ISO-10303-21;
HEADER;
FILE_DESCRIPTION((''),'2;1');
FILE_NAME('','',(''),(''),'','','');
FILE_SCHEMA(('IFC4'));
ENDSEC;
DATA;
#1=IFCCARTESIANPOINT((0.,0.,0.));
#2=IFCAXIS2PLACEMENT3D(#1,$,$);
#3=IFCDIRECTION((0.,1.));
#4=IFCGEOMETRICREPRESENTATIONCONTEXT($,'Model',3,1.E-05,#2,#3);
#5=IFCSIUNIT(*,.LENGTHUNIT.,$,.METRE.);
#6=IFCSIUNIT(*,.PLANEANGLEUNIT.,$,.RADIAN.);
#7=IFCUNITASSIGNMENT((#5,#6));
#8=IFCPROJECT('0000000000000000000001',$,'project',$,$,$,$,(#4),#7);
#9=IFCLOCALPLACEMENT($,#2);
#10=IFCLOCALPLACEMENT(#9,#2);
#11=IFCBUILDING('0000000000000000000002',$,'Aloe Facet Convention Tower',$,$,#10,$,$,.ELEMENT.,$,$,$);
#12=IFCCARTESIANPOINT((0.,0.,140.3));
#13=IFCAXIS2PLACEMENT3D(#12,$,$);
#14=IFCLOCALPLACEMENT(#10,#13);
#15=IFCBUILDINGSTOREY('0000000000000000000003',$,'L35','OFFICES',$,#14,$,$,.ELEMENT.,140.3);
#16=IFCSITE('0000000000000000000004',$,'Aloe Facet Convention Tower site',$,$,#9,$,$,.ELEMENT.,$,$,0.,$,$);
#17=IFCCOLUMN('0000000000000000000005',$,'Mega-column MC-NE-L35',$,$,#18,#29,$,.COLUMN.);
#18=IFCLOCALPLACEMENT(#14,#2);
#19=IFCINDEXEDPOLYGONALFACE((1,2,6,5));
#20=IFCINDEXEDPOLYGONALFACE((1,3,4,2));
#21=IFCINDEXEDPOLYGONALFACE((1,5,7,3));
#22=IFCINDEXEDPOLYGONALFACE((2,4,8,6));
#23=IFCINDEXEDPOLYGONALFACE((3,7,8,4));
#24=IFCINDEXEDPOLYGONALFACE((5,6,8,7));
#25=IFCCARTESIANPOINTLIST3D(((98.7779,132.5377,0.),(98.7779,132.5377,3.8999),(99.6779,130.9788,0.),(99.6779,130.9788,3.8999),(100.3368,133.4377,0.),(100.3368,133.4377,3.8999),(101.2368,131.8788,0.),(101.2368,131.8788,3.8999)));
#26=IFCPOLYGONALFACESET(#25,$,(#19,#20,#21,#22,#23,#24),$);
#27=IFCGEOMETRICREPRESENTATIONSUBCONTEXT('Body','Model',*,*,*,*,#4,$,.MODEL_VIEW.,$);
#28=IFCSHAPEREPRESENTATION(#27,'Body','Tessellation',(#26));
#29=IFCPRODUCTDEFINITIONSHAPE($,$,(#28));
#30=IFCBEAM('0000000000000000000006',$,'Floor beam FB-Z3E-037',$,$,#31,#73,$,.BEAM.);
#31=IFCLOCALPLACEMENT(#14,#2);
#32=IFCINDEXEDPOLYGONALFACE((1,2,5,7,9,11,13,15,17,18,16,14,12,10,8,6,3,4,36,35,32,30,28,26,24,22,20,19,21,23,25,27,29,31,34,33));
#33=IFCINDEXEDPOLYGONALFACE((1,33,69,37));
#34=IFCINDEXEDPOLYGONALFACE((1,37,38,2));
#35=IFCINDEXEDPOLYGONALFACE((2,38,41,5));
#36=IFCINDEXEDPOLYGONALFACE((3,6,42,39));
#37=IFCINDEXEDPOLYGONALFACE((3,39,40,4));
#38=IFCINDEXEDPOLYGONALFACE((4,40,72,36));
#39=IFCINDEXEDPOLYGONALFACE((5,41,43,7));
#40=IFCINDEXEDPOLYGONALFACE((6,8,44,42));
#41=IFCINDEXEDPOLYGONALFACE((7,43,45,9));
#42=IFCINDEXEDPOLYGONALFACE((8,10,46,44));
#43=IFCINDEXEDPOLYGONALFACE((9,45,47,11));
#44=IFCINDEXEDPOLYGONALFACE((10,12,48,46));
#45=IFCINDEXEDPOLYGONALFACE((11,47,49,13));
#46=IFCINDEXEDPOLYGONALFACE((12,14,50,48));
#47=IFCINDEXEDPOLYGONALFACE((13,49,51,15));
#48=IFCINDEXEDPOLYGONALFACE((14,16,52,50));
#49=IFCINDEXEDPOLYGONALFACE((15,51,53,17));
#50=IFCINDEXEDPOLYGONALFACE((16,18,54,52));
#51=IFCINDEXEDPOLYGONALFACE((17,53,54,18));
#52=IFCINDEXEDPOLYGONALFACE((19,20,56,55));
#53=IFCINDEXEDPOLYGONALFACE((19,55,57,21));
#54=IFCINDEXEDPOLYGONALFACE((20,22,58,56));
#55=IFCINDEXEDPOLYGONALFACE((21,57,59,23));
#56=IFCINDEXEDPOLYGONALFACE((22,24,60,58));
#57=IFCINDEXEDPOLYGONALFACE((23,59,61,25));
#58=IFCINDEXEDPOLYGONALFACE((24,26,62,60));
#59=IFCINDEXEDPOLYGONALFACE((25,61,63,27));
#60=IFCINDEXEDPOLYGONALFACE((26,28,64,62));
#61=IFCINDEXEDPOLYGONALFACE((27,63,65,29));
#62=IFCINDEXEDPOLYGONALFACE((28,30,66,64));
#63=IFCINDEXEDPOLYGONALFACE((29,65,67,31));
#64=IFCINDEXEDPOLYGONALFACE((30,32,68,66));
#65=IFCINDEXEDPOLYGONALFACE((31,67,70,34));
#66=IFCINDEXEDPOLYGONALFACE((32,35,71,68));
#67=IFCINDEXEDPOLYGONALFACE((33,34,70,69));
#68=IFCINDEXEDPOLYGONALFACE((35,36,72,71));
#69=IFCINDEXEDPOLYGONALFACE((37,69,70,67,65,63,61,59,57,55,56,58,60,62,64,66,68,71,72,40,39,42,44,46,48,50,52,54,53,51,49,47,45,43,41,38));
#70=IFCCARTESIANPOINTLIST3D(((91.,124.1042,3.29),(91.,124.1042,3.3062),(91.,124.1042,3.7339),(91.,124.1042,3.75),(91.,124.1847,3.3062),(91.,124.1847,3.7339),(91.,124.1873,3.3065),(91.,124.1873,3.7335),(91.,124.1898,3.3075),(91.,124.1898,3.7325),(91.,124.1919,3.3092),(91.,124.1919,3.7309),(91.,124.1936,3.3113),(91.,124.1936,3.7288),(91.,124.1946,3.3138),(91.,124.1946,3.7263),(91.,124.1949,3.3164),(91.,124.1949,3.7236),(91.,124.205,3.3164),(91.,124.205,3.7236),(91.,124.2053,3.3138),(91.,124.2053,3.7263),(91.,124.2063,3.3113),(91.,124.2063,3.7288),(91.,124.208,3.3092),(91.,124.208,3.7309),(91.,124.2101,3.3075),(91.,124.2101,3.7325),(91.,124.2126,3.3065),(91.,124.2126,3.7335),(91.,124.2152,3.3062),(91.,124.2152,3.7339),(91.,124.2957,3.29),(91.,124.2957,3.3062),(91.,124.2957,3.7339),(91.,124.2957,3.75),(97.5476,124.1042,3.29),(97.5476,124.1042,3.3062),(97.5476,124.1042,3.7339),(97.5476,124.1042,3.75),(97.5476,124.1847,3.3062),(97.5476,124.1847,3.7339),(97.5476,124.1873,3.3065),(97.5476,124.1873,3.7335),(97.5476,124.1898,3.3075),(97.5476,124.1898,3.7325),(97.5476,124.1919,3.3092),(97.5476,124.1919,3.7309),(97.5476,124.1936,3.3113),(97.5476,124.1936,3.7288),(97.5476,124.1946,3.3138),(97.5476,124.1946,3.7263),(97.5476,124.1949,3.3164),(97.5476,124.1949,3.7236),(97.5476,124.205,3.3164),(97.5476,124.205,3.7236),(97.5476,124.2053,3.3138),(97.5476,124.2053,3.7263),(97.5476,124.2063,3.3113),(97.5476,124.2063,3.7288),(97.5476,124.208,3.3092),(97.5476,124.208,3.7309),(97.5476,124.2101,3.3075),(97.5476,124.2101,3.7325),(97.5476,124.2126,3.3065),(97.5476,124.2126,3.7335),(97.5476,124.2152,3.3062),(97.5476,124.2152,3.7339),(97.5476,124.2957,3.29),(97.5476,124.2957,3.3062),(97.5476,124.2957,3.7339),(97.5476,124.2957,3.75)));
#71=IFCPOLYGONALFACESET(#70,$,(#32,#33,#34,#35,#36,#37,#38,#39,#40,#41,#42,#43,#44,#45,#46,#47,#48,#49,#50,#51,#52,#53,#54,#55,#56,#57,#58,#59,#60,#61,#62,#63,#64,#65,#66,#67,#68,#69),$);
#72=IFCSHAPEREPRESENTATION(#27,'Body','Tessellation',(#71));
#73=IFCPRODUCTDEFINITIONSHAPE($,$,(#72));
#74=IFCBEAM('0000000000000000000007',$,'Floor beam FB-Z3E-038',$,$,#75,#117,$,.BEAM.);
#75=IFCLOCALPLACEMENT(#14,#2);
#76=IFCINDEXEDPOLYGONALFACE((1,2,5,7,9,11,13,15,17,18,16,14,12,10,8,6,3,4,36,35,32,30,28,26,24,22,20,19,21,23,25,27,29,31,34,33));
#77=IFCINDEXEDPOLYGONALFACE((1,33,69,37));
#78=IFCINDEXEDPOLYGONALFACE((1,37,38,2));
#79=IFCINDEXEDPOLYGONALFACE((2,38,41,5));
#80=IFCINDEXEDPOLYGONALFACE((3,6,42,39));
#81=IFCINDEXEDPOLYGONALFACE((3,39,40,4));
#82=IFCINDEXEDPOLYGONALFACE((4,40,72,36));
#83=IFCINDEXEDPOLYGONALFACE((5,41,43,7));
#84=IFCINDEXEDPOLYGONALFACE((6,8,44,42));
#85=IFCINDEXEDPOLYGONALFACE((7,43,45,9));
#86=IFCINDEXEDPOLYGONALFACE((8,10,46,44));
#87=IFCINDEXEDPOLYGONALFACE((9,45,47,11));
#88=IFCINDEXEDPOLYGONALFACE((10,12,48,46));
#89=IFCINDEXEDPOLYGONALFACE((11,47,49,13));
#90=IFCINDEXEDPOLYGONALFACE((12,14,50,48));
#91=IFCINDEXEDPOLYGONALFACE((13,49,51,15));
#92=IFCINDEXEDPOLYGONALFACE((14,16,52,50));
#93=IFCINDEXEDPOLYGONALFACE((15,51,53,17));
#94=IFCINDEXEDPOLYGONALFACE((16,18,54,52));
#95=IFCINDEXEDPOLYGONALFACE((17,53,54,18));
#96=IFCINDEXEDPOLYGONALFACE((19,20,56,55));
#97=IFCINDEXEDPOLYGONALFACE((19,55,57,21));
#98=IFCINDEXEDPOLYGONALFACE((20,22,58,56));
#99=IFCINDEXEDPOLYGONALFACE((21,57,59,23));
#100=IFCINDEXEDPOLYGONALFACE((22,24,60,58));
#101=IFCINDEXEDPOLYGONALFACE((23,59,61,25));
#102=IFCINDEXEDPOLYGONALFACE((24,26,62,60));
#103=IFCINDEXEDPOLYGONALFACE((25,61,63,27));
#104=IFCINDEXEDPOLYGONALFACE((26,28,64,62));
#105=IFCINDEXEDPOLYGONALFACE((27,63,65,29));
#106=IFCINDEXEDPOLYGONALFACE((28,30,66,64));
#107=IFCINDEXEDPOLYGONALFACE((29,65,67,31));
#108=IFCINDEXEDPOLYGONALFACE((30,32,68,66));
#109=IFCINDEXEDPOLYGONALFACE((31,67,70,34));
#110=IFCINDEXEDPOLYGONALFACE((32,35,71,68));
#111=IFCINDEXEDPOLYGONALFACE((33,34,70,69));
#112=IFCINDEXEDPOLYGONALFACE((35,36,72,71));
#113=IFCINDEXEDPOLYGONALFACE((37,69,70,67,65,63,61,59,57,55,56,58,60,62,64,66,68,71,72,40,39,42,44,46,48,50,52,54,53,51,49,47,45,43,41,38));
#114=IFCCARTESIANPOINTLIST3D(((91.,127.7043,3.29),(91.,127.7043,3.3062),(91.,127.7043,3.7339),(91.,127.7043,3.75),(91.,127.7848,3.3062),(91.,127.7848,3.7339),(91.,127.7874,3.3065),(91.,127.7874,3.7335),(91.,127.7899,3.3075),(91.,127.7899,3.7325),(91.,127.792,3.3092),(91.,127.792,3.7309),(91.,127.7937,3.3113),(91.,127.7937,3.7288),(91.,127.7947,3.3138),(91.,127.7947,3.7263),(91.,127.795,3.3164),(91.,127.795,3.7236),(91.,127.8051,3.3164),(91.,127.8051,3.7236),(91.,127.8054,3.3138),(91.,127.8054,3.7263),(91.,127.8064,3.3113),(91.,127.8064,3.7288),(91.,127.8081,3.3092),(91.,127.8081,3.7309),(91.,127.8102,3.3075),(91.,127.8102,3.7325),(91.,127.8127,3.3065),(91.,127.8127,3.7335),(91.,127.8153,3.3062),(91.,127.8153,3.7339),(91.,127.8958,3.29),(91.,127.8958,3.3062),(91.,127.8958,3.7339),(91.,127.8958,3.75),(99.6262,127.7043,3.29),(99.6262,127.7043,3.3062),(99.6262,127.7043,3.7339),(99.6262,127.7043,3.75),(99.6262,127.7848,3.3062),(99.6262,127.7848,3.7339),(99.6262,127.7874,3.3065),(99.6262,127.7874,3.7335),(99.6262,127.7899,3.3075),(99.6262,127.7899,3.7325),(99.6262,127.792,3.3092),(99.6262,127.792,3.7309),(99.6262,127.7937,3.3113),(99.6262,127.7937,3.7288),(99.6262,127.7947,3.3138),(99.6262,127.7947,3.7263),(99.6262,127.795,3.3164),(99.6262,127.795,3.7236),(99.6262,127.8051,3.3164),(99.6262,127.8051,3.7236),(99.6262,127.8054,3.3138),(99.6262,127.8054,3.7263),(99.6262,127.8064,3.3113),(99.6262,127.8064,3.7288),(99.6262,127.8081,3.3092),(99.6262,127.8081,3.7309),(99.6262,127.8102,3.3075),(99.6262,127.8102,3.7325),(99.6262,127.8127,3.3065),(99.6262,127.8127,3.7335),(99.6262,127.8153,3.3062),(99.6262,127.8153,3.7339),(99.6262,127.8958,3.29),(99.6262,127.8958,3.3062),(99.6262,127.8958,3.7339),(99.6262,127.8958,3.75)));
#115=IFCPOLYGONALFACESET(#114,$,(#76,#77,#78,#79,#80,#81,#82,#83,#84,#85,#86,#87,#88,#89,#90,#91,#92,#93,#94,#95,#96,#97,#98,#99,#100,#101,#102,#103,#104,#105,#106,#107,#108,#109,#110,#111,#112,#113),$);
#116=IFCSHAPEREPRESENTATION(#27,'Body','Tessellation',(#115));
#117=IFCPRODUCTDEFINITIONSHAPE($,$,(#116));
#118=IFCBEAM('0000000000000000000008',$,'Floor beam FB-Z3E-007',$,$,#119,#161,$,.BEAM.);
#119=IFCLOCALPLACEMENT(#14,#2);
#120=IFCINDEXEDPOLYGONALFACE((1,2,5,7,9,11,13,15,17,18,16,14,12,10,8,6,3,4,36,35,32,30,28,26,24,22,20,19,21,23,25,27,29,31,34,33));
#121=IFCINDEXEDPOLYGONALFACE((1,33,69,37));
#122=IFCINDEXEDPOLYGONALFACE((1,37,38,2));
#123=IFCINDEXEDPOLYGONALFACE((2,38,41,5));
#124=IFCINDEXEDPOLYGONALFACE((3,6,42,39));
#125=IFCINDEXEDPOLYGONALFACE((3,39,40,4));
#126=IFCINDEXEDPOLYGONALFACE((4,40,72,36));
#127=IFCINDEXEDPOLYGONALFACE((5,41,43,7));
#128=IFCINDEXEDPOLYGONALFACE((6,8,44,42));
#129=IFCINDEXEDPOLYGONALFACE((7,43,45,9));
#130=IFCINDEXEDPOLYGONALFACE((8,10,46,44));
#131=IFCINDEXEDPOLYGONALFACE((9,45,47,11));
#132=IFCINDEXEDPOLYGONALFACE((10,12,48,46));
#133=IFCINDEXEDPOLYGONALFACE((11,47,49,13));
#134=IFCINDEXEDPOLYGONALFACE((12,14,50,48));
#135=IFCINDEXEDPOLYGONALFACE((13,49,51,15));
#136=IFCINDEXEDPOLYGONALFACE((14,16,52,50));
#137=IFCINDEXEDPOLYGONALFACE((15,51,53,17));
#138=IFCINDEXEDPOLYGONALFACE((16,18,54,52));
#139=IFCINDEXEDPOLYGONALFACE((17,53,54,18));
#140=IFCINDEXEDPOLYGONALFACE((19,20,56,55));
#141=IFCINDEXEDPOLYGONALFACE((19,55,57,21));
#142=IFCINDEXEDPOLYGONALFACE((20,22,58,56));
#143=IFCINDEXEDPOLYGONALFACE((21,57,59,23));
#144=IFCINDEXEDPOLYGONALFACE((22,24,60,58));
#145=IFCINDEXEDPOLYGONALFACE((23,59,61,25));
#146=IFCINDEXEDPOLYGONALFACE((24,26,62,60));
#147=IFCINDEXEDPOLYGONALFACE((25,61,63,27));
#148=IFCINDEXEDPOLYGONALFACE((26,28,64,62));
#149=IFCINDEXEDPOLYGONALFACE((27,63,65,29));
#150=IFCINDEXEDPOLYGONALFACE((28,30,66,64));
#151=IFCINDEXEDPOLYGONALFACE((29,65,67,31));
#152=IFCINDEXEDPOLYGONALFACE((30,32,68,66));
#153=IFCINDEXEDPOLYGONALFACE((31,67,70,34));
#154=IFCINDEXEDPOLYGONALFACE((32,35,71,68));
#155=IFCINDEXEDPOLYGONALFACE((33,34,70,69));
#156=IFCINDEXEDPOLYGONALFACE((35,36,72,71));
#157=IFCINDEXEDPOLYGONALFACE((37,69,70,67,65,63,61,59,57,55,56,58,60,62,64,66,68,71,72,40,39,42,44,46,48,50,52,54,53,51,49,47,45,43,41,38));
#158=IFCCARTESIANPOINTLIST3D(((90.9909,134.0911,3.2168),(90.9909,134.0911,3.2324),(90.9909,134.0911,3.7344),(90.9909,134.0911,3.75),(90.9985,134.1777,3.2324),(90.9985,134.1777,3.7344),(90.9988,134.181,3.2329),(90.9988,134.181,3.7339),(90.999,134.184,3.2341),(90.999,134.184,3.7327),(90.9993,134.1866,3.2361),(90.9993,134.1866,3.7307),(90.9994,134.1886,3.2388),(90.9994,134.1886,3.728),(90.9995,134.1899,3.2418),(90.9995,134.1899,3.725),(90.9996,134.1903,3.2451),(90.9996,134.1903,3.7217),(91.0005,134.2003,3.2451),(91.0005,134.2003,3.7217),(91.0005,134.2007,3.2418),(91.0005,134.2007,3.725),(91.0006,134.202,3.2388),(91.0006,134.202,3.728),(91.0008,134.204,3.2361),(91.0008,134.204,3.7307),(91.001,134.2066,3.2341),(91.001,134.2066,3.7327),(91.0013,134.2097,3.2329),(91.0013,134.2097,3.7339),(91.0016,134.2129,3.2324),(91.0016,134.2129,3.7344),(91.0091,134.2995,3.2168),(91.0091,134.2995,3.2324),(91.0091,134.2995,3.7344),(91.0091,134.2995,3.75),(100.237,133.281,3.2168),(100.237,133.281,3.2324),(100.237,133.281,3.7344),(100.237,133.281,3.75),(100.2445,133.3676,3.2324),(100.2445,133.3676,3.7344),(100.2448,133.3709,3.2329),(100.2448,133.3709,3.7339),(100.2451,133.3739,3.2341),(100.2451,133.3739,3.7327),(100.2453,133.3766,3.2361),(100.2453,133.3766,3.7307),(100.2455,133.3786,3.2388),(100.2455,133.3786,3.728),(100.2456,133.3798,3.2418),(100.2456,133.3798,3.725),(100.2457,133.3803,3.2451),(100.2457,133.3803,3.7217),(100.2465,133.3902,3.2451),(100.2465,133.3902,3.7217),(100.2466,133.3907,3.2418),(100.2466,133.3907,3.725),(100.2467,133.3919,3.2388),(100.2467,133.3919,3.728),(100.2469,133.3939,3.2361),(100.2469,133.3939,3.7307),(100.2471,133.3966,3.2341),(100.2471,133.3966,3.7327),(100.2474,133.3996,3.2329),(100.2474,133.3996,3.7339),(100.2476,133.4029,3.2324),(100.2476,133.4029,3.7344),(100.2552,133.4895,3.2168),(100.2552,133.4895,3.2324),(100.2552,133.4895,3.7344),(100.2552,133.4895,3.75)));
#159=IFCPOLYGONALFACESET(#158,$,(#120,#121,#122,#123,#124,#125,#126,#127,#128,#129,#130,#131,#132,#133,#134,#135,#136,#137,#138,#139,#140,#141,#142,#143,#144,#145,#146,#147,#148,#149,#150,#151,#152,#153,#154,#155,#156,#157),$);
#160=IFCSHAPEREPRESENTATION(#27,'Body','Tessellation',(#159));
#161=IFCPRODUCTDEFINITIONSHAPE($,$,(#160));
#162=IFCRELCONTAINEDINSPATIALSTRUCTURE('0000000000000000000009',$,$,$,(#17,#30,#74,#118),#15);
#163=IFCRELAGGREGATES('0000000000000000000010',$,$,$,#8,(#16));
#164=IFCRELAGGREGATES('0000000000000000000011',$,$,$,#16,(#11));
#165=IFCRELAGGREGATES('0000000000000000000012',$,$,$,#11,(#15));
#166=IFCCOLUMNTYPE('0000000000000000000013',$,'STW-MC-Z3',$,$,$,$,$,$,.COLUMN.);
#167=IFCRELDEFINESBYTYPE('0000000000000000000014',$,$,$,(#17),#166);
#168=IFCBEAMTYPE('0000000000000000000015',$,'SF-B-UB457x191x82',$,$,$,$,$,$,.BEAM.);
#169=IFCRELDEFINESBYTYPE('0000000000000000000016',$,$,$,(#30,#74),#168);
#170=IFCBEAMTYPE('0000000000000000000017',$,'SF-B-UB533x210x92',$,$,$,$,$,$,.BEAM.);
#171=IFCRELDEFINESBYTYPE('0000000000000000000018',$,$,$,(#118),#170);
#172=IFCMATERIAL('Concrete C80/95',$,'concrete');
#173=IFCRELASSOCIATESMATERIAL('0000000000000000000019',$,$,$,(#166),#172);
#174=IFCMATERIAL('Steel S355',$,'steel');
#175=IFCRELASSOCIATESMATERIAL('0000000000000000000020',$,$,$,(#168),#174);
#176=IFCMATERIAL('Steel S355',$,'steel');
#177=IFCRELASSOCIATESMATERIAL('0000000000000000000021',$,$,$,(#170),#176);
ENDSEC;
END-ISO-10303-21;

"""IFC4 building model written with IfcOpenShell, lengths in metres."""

from ifc_helpers import new_model, si_unit, direction, frame, origin, origin_2d, place, context, subcontext, project, spatial, rectangle, i_section, extrude, material, material_profile, profile_set, type_object, element, save


model = new_model("IFC4")

# Units and contexts
model_context = context("Model", 3, precision=1e-05, world=origin(), true_north=direction((0.0, 1.0)))
body_context = subcontext(model_context, "Body", "Model", "MODEL_VIEW")
ifc_project = project(units=[si_unit("LENGTHUNIT", "METRE"), si_unit("PLANEANGLEUNIT", "RADIAN")], contexts=[model_context])

# Site, building, storey
site_placement = place(None, origin())
site = spatial("IfcSite", under=ifc_project, at=site_placement, Name="Aloe Facet Convention Tower site", CompositionType="ELEMENT", RefElevation=0.0)
building_placement = place(site_placement, origin())
building = spatial("IfcBuilding", under=site, at=building_placement, Name="Aloe Facet Convention Tower", CompositionType="ELEMENT")
storey_placement = place(building_placement, frame((0.0, 0.0, 140.3)))
storey = spatial("IfcBuildingStorey", under=building, at=storey_placement, Name="L35", Description="OFFICES", CompositionType="ELEMENT", Elevation=140.3)

# Column
ifc_material_1 = material(Name="Concrete C80/95", Category="concrete")
ifc_material_profile_1 = material_profile(ifc_material_1, rectangle(XDim=1.8, YDim=1.8, at=origin_2d()), Name="STW-MC-Z3")
ifc_profile_set_1 = profile_set([ifc_material_profile_1], Name="Concrete C80/95")
column_type = type_object("IfcColumnType", Name="STW-MC-Z3", PredefinedType="COLUMN", material=ifc_profile_set_1)
column_placement = place(storey_placement, frame((100.0073, 132.2083, 0.0), z_axis=(0.0, 0.0, 1.0), x_axis=(-0.5, 0.866025, 0.0)))
element("IfcColumn", 1, at=column_placement, inside=storey, type_object=column_type, Name="Mega-column MC-NE-L35", PredefinedType="COLUMN", context=body_context, shape_type="SweptSolid", body=[
    extrude(rectangle(XDim=1.8, YDim=1.8, at=origin_2d()), origin(), (0.0, 0.0, 1.0), 3.8999),
])

# Beams
ifc_material_2 = material(Name="Steel S355", Category="steel")
ifc_material_profile_2 = material_profile(ifc_material_2, i_section(OverallWidth=0.1914, OverallDepth=0.46, WebThickness=0.01, FlangeThickness=0.0161, FilletRadius=0.0103, at=origin_2d()), Name="UB 457x191x82")
ifc_profile_set_2 = profile_set([ifc_material_profile_2], Name="Steel S355")
beam_type_1 = type_object("IfcBeamType", Name="SF-B-UB457x191x82", PredefinedType="BEAM", material=ifc_profile_set_2)
beam_1_placement = place(storey_placement, frame((91.0, 124.2, 3.52), z_axis=(1.0, 0.0, 0.0), x_axis=(0.0, 1.0, 0.0)))
element("IfcBeam", 2, at=beam_1_placement, inside=storey, type_object=beam_type_1, Name="Floor beam FB-Z3E-037", PredefinedType="BEAM", context=body_context, shape_type="SweptSolid", body=[
    extrude(i_section(OverallWidth=0.1914, OverallDepth=0.46, WebThickness=0.01, FlangeThickness=0.0161, FilletRadius=0.0103, at=origin_2d()), origin(), (0.0, 0.0, 1.0), 6.5476),
])
beam_2_placement = place(storey_placement, frame((91.0, 127.8, 3.52), z_axis=(1.0, 0.0, 0.0), x_axis=(0.0, 1.0, 0.0)))
element("IfcBeam", 3, at=beam_2_placement, inside=storey, type_object=beam_type_1, Name="Floor beam FB-Z3E-038", PredefinedType="BEAM", context=body_context, shape_type="SweptSolid", body=[
    extrude(i_section(OverallWidth=0.1914, OverallDepth=0.46, WebThickness=0.01, FlangeThickness=0.0161, FilletRadius=0.0103, at=origin_2d()), origin(), (0.0, 0.0, 1.0), 8.6262),
])
ifc_material_3 = material(Name="Steel S355", Category="steel")
ifc_material_profile_3 = material_profile(ifc_material_3, i_section(OverallWidth=0.2092, OverallDepth=0.5332, WebThickness=0.01, FlangeThickness=0.0156, FilletRadius=0.0127, at=origin_2d()), Name="UB 533x210x92")
ifc_profile_set_3 = profile_set([ifc_material_profile_3], Name="Steel S355")
beam_type_2 = type_object("IfcBeamType", Name="SF-B-UB533x210x92", PredefinedType="BEAM", material=ifc_profile_set_3)
beam_3_placement = place(storey_placement, frame((100.2461, 133.3853, 3.4834), z_axis=(-0.996184, 0.087277, 0.0), x_axis=(-0.087277, -0.996184, 0.0)))
element("IfcBeam", 4, at=beam_3_placement, inside=storey, type_object=beam_type_2, Name="Floor beam FB-Z3E-007", PredefinedType="BEAM", context=body_context, shape_type="SweptSolid", body=[
    extrude(i_section(OverallWidth=0.2092, OverallDepth=0.5332, WebThickness=0.01, FlangeThickness=0.0156, FilletRadius=0.0127, at=origin_2d()), origin(), (0.0, 0.0, 1.0), 9.2815),
])

save(model, "model.ifc")
